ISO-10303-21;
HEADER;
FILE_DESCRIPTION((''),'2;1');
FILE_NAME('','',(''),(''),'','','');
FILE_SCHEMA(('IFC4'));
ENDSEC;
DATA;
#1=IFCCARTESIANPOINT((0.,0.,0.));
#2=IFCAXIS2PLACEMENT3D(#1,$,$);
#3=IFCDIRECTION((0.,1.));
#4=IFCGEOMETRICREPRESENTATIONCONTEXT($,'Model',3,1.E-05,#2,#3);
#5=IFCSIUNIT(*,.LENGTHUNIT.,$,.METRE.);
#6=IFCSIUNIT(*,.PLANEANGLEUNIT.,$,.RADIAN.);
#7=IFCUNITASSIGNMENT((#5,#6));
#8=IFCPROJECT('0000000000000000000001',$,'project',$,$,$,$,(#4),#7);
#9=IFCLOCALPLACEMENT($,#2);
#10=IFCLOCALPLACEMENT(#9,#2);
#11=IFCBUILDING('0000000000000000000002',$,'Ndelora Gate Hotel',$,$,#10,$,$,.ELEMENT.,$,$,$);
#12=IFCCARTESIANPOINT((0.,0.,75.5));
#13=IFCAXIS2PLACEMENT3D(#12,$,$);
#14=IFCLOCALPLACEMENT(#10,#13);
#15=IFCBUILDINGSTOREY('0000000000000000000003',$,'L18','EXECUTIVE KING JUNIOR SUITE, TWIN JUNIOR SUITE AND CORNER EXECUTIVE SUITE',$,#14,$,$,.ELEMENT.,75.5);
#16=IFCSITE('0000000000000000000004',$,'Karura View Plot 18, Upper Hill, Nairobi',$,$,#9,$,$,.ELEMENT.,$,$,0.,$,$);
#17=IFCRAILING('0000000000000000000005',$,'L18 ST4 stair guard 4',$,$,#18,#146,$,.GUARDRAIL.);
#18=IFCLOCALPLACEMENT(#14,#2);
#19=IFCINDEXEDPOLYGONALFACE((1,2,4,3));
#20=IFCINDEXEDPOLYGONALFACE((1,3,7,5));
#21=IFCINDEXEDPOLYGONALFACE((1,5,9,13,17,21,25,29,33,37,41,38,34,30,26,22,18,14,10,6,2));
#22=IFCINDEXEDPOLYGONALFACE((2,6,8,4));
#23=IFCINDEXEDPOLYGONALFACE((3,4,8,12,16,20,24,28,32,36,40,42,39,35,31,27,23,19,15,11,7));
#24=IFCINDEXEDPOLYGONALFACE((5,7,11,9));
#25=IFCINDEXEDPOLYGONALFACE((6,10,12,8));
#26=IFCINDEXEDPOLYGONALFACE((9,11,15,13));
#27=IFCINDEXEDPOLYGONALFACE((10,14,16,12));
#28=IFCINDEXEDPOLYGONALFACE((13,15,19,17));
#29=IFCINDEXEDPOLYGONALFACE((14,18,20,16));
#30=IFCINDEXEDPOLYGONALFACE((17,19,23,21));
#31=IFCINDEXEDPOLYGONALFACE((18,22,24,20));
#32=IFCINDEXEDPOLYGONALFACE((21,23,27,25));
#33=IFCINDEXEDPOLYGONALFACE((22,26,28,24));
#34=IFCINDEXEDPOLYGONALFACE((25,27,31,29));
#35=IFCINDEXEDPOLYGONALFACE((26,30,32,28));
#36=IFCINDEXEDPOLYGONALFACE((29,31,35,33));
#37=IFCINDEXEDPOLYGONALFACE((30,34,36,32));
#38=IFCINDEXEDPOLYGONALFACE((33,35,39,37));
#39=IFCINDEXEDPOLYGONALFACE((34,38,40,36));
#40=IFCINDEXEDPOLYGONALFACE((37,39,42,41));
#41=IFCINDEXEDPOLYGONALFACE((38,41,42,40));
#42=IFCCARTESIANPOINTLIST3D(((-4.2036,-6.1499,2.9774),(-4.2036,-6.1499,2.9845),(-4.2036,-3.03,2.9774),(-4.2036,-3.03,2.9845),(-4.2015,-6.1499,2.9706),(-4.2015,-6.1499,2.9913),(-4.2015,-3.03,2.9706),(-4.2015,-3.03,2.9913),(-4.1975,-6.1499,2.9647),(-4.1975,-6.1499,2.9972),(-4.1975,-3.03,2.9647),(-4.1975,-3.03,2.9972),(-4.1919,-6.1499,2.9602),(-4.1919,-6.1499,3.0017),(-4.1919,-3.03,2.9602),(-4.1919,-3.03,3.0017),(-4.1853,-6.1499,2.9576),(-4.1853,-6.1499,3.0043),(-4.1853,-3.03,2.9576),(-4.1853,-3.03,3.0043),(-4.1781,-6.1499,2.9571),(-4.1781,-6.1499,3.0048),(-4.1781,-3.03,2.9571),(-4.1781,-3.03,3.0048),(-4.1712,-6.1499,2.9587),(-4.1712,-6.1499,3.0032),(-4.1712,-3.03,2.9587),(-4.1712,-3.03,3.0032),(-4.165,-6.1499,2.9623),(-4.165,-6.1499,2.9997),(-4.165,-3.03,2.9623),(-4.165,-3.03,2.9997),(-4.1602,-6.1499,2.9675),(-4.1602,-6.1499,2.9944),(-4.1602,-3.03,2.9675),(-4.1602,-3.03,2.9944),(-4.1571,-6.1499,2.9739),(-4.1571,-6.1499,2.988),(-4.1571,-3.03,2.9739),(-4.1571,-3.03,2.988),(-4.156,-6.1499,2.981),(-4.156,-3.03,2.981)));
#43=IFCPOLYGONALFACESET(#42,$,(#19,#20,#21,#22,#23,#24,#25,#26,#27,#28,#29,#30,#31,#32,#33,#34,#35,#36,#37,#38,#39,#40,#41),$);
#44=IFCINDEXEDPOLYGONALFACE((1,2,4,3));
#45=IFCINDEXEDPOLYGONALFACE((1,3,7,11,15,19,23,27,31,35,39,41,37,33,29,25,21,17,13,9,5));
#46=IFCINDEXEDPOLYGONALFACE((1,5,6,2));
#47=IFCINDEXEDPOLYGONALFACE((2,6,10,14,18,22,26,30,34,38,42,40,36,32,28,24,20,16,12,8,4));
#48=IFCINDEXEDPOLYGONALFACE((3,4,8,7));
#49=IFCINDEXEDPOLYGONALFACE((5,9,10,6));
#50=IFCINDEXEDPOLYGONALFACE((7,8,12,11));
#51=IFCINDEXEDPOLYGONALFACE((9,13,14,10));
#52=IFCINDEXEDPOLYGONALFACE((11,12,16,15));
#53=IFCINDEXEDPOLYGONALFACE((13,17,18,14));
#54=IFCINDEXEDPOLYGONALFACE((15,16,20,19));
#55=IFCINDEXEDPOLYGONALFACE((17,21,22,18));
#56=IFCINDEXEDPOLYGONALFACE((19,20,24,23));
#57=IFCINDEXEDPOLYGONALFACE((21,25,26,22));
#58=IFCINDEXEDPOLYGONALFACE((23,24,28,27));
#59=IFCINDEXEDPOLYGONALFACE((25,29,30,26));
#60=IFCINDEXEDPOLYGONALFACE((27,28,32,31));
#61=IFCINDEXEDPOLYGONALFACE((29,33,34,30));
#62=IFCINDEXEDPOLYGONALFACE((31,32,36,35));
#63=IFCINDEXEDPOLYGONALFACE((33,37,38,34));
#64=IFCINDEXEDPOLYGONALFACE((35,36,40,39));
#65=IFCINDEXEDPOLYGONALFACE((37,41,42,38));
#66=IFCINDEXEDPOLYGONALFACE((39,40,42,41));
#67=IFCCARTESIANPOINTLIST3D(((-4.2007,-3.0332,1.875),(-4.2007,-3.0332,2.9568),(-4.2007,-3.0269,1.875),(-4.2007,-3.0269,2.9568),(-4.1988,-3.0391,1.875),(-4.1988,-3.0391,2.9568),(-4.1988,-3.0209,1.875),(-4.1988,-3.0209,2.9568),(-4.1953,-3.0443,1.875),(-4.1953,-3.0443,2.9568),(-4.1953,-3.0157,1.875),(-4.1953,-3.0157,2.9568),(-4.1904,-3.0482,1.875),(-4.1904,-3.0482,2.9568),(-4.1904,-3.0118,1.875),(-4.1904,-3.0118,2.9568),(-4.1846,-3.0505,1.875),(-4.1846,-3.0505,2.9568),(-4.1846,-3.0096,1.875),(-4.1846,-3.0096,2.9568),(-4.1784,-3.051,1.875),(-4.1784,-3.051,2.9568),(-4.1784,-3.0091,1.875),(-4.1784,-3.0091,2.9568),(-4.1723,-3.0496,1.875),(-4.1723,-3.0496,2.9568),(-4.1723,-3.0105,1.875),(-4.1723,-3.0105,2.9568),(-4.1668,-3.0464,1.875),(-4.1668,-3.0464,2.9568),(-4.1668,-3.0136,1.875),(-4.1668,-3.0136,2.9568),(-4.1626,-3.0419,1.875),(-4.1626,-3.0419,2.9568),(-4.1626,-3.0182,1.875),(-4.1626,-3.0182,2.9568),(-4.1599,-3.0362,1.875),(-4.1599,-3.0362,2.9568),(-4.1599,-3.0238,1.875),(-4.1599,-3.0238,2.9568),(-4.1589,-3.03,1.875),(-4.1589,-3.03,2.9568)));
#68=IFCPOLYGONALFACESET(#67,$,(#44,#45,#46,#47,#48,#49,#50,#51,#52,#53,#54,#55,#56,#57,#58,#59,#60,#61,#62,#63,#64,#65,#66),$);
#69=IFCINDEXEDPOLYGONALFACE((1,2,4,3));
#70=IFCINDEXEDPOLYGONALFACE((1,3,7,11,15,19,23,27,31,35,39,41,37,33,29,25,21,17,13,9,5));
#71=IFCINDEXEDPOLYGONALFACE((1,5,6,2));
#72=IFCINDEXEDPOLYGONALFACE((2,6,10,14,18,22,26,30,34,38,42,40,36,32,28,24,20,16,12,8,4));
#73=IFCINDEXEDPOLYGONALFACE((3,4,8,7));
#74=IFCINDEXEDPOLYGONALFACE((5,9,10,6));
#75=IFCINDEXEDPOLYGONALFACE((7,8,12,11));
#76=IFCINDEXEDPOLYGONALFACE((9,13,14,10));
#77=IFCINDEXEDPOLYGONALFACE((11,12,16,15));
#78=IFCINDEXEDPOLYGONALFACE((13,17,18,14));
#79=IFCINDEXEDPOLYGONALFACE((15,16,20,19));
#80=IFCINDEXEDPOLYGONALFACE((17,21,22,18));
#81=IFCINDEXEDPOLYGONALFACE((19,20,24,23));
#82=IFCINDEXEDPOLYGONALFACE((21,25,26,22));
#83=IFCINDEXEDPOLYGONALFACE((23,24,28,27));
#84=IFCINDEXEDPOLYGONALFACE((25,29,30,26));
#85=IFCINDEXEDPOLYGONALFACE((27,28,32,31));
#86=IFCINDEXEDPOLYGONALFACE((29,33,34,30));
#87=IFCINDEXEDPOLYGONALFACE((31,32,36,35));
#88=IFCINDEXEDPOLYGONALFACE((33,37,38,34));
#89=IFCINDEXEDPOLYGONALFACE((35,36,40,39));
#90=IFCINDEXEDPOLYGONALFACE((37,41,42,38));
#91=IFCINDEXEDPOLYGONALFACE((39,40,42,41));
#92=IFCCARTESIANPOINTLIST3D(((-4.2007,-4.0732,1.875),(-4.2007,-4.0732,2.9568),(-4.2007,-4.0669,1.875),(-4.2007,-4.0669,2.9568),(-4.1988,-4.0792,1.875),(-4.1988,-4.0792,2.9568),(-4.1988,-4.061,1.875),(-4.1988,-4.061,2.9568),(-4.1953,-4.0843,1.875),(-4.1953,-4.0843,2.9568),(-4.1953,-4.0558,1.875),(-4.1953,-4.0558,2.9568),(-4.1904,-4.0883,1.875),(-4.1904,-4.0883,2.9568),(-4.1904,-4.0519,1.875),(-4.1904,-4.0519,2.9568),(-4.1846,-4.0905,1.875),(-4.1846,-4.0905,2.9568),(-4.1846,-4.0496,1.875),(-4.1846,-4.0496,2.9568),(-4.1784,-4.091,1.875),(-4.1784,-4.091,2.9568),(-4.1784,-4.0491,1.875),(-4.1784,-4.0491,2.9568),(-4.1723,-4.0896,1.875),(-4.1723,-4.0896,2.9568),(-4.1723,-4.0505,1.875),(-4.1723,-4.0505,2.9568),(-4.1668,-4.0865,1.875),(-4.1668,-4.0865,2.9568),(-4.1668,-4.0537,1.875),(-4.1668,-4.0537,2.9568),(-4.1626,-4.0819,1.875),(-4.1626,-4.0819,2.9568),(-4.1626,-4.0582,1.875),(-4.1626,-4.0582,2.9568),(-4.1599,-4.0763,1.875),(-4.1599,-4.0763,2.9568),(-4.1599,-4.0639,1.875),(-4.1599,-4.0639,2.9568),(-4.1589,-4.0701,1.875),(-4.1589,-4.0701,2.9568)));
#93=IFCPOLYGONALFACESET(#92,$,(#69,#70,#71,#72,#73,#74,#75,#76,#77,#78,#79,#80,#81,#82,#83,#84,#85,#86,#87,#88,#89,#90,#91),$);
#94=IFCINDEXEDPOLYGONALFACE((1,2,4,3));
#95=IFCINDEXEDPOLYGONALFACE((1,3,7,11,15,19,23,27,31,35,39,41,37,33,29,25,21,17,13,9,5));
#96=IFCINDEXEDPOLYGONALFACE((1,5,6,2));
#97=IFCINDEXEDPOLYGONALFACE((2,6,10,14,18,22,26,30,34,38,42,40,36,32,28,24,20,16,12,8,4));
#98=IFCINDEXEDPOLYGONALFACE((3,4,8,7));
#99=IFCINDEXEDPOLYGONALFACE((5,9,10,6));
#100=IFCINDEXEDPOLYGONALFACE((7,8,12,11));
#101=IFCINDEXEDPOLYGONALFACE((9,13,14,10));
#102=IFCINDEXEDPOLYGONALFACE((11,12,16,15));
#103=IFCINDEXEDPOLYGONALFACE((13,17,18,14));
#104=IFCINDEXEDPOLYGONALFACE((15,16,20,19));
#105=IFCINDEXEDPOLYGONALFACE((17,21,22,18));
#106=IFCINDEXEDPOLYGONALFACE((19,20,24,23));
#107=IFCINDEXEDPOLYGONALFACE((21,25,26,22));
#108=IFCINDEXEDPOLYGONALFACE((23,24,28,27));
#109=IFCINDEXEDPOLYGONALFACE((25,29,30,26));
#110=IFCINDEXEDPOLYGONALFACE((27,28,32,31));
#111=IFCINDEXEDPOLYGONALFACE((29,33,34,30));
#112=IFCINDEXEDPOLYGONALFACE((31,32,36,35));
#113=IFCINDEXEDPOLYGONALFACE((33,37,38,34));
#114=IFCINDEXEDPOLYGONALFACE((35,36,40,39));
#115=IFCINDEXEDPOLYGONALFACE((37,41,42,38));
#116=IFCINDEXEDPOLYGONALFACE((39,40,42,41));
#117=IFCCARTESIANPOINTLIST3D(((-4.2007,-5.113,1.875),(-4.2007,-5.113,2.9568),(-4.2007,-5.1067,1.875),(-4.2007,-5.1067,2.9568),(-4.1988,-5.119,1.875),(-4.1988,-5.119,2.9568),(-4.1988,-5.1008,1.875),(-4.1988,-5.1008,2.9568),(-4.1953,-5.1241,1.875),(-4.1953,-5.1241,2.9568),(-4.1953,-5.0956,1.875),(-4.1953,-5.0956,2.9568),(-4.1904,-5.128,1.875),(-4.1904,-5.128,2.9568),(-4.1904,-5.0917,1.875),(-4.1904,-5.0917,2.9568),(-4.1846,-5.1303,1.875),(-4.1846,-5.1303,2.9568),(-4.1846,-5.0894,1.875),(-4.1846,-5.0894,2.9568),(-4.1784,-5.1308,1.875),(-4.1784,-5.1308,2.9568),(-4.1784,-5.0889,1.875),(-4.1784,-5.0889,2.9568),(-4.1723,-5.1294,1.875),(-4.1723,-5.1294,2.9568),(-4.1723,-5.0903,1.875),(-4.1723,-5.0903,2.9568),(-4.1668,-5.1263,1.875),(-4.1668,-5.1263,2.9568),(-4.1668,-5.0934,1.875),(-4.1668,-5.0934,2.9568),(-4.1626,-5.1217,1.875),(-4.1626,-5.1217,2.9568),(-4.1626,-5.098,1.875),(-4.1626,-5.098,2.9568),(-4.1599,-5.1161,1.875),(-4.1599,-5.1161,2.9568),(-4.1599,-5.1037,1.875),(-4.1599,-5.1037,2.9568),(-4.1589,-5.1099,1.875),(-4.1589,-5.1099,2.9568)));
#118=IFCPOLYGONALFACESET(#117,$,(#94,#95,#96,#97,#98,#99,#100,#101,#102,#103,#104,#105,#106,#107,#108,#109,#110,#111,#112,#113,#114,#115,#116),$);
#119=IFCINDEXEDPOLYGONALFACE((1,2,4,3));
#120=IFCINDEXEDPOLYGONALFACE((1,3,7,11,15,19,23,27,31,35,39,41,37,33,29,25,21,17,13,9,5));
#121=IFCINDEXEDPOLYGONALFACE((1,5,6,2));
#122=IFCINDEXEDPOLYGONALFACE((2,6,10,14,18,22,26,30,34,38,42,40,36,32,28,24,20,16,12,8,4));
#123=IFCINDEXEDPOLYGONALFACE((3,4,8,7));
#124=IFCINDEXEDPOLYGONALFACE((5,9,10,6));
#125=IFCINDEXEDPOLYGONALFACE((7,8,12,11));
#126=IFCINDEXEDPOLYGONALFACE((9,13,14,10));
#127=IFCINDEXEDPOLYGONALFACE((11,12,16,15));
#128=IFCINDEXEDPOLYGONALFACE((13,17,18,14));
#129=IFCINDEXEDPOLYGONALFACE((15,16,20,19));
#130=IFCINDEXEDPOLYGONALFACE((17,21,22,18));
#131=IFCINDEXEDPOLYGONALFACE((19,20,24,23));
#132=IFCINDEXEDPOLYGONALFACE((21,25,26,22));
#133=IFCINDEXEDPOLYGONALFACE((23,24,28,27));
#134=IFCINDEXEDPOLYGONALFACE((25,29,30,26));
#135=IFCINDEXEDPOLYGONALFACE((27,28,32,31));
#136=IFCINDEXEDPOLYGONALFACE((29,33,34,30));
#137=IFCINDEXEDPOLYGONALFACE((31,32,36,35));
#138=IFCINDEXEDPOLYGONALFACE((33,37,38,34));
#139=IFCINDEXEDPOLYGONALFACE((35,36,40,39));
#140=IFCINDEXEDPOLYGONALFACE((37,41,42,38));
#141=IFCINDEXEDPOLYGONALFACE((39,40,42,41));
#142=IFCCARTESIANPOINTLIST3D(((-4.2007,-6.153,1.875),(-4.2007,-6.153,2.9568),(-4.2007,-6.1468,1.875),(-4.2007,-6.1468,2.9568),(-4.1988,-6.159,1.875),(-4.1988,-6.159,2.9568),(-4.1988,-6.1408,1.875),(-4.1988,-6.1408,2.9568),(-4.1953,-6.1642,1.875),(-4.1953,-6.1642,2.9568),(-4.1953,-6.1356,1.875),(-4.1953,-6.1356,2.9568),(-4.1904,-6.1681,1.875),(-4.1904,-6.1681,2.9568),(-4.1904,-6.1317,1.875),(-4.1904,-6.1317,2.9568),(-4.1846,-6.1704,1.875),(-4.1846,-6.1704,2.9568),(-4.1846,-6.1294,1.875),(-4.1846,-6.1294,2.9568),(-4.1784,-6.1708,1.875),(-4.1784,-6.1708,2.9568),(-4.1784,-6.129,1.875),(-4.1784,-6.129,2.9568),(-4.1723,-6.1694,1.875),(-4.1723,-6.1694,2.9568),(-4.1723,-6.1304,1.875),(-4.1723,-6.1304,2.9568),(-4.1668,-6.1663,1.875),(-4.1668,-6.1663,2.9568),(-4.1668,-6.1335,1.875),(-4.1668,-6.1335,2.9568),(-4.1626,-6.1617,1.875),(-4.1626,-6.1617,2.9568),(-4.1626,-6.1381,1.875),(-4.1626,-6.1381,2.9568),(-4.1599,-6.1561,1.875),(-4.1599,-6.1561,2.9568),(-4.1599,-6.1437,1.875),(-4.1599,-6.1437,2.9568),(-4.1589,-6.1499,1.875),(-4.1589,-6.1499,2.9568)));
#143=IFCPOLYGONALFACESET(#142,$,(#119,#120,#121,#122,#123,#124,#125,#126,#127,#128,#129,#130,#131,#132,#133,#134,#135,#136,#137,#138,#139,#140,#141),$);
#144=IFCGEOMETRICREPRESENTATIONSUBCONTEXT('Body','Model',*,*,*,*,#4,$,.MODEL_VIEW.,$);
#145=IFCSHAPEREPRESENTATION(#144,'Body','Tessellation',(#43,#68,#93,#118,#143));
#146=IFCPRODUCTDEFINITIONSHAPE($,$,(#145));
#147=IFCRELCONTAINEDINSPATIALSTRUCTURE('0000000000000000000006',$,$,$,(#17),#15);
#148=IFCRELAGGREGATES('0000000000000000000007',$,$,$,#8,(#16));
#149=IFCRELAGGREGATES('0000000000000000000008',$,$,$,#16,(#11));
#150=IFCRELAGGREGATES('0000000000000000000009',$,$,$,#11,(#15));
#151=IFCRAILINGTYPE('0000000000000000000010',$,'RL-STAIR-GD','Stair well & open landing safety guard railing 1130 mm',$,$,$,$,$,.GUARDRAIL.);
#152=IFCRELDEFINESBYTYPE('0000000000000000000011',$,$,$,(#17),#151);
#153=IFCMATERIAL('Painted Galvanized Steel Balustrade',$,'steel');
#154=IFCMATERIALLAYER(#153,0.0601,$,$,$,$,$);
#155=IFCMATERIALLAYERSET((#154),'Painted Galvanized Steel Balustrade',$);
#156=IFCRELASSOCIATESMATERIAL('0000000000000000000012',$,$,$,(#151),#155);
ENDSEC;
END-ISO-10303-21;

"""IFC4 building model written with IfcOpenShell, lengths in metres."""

from ifc_helpers import new_model, si_unit, direction, frame, origin, origin_2d, place, context, subcontext, project, spatial, circle, extrude, material, layer, layer_set, type_object, element, save


model = new_model("IFC4")

# Units and contexts
model_context = context("Model", 3, precision=1e-05, world=origin(), true_north=direction((0.0, 1.0)))
body_context = subcontext(model_context, "Body", "Model", "MODEL_VIEW")
ifc_project = project(units=[si_unit("LENGTHUNIT", "METRE"), si_unit("PLANEANGLEUNIT", "RADIAN")], contexts=[model_context])

# Site, building, storey
site_placement = place(None, origin())
site = spatial("IfcSite", under=ifc_project, at=site_placement, Name="Karura View Plot 18, Upper Hill, Nairobi", CompositionType="ELEMENT", RefElevation=0.0)
building_placement = place(site_placement, origin())
building = spatial("IfcBuilding", under=site, at=building_placement, Name="Ndelora Gate Hotel", CompositionType="ELEMENT")
storey_placement = place(building_placement, frame((0.0, 0.0, 75.5)))
storey = spatial("IfcBuildingStorey", under=building, at=storey_placement, Name="L18", Description="EXECUTIVE KING JUNIOR SUITE, TWIN JUNIOR SUITE AND CORNER EXECUTIVE SUITE", CompositionType="ELEMENT", Elevation=75.5)

# Railing
ifc_material_1 = material(Name="Painted Galvanized Steel Balustrade", Category="steel")
ifc_layer_1 = layer(ifc_material_1, 0.0601)
ifc_layer_set_1 = layer_set([ifc_layer_1], Name="Painted Galvanized Steel Balustrade")
railing_type_1 = type_object("IfcRailingType", Name="RL-STAIR-GD", Description="Stair well & open landing safety guard railing 1130 mm", PredefinedType="GUARDRAIL", material=ifc_layer_set_1)
for number, where, name in (
    (1, (-4.1799, -3.03, 1.875), "L18 ST4 stair guard 4"),
):
    element("IfcRailing", number, at=place(storey_placement, frame(where)), inside=storey, type_object=railing_type_1, Name=name, PredefinedType="GUARDRAIL", context=body_context, shape_type="SweptSolid", body=[
        extrude(circle(Radius=0.0239, at=origin_2d()), frame((0.0, 0.0, 1.106), z_axis=(0.0, -1.0, 0.0), x_axis=(1.0, 0.0, 0.0)), (0.0, 0.0, 1.0), 3.1199),
        extrude(circle(Radius=0.021, at=origin_2d()), origin(), (0.0, 0.0, 1.0), 1.0818),
        extrude(circle(Radius=0.021, at=origin_2d()), frame((0.0, -1.04, 0.0)), (0.0, 0.0, 1.0), 1.0818),
        extrude(circle(Radius=0.021, at=origin_2d()), frame((0.0, -2.0798, 0.0)), (0.0, 0.0, 1.0), 1.0818),
        extrude(circle(Radius=0.021, at=origin_2d()), frame((0.0, -3.1199, 0.0)), (0.0, 0.0, 1.0), 1.0818),
    ])

save(model, "model.ifc")
